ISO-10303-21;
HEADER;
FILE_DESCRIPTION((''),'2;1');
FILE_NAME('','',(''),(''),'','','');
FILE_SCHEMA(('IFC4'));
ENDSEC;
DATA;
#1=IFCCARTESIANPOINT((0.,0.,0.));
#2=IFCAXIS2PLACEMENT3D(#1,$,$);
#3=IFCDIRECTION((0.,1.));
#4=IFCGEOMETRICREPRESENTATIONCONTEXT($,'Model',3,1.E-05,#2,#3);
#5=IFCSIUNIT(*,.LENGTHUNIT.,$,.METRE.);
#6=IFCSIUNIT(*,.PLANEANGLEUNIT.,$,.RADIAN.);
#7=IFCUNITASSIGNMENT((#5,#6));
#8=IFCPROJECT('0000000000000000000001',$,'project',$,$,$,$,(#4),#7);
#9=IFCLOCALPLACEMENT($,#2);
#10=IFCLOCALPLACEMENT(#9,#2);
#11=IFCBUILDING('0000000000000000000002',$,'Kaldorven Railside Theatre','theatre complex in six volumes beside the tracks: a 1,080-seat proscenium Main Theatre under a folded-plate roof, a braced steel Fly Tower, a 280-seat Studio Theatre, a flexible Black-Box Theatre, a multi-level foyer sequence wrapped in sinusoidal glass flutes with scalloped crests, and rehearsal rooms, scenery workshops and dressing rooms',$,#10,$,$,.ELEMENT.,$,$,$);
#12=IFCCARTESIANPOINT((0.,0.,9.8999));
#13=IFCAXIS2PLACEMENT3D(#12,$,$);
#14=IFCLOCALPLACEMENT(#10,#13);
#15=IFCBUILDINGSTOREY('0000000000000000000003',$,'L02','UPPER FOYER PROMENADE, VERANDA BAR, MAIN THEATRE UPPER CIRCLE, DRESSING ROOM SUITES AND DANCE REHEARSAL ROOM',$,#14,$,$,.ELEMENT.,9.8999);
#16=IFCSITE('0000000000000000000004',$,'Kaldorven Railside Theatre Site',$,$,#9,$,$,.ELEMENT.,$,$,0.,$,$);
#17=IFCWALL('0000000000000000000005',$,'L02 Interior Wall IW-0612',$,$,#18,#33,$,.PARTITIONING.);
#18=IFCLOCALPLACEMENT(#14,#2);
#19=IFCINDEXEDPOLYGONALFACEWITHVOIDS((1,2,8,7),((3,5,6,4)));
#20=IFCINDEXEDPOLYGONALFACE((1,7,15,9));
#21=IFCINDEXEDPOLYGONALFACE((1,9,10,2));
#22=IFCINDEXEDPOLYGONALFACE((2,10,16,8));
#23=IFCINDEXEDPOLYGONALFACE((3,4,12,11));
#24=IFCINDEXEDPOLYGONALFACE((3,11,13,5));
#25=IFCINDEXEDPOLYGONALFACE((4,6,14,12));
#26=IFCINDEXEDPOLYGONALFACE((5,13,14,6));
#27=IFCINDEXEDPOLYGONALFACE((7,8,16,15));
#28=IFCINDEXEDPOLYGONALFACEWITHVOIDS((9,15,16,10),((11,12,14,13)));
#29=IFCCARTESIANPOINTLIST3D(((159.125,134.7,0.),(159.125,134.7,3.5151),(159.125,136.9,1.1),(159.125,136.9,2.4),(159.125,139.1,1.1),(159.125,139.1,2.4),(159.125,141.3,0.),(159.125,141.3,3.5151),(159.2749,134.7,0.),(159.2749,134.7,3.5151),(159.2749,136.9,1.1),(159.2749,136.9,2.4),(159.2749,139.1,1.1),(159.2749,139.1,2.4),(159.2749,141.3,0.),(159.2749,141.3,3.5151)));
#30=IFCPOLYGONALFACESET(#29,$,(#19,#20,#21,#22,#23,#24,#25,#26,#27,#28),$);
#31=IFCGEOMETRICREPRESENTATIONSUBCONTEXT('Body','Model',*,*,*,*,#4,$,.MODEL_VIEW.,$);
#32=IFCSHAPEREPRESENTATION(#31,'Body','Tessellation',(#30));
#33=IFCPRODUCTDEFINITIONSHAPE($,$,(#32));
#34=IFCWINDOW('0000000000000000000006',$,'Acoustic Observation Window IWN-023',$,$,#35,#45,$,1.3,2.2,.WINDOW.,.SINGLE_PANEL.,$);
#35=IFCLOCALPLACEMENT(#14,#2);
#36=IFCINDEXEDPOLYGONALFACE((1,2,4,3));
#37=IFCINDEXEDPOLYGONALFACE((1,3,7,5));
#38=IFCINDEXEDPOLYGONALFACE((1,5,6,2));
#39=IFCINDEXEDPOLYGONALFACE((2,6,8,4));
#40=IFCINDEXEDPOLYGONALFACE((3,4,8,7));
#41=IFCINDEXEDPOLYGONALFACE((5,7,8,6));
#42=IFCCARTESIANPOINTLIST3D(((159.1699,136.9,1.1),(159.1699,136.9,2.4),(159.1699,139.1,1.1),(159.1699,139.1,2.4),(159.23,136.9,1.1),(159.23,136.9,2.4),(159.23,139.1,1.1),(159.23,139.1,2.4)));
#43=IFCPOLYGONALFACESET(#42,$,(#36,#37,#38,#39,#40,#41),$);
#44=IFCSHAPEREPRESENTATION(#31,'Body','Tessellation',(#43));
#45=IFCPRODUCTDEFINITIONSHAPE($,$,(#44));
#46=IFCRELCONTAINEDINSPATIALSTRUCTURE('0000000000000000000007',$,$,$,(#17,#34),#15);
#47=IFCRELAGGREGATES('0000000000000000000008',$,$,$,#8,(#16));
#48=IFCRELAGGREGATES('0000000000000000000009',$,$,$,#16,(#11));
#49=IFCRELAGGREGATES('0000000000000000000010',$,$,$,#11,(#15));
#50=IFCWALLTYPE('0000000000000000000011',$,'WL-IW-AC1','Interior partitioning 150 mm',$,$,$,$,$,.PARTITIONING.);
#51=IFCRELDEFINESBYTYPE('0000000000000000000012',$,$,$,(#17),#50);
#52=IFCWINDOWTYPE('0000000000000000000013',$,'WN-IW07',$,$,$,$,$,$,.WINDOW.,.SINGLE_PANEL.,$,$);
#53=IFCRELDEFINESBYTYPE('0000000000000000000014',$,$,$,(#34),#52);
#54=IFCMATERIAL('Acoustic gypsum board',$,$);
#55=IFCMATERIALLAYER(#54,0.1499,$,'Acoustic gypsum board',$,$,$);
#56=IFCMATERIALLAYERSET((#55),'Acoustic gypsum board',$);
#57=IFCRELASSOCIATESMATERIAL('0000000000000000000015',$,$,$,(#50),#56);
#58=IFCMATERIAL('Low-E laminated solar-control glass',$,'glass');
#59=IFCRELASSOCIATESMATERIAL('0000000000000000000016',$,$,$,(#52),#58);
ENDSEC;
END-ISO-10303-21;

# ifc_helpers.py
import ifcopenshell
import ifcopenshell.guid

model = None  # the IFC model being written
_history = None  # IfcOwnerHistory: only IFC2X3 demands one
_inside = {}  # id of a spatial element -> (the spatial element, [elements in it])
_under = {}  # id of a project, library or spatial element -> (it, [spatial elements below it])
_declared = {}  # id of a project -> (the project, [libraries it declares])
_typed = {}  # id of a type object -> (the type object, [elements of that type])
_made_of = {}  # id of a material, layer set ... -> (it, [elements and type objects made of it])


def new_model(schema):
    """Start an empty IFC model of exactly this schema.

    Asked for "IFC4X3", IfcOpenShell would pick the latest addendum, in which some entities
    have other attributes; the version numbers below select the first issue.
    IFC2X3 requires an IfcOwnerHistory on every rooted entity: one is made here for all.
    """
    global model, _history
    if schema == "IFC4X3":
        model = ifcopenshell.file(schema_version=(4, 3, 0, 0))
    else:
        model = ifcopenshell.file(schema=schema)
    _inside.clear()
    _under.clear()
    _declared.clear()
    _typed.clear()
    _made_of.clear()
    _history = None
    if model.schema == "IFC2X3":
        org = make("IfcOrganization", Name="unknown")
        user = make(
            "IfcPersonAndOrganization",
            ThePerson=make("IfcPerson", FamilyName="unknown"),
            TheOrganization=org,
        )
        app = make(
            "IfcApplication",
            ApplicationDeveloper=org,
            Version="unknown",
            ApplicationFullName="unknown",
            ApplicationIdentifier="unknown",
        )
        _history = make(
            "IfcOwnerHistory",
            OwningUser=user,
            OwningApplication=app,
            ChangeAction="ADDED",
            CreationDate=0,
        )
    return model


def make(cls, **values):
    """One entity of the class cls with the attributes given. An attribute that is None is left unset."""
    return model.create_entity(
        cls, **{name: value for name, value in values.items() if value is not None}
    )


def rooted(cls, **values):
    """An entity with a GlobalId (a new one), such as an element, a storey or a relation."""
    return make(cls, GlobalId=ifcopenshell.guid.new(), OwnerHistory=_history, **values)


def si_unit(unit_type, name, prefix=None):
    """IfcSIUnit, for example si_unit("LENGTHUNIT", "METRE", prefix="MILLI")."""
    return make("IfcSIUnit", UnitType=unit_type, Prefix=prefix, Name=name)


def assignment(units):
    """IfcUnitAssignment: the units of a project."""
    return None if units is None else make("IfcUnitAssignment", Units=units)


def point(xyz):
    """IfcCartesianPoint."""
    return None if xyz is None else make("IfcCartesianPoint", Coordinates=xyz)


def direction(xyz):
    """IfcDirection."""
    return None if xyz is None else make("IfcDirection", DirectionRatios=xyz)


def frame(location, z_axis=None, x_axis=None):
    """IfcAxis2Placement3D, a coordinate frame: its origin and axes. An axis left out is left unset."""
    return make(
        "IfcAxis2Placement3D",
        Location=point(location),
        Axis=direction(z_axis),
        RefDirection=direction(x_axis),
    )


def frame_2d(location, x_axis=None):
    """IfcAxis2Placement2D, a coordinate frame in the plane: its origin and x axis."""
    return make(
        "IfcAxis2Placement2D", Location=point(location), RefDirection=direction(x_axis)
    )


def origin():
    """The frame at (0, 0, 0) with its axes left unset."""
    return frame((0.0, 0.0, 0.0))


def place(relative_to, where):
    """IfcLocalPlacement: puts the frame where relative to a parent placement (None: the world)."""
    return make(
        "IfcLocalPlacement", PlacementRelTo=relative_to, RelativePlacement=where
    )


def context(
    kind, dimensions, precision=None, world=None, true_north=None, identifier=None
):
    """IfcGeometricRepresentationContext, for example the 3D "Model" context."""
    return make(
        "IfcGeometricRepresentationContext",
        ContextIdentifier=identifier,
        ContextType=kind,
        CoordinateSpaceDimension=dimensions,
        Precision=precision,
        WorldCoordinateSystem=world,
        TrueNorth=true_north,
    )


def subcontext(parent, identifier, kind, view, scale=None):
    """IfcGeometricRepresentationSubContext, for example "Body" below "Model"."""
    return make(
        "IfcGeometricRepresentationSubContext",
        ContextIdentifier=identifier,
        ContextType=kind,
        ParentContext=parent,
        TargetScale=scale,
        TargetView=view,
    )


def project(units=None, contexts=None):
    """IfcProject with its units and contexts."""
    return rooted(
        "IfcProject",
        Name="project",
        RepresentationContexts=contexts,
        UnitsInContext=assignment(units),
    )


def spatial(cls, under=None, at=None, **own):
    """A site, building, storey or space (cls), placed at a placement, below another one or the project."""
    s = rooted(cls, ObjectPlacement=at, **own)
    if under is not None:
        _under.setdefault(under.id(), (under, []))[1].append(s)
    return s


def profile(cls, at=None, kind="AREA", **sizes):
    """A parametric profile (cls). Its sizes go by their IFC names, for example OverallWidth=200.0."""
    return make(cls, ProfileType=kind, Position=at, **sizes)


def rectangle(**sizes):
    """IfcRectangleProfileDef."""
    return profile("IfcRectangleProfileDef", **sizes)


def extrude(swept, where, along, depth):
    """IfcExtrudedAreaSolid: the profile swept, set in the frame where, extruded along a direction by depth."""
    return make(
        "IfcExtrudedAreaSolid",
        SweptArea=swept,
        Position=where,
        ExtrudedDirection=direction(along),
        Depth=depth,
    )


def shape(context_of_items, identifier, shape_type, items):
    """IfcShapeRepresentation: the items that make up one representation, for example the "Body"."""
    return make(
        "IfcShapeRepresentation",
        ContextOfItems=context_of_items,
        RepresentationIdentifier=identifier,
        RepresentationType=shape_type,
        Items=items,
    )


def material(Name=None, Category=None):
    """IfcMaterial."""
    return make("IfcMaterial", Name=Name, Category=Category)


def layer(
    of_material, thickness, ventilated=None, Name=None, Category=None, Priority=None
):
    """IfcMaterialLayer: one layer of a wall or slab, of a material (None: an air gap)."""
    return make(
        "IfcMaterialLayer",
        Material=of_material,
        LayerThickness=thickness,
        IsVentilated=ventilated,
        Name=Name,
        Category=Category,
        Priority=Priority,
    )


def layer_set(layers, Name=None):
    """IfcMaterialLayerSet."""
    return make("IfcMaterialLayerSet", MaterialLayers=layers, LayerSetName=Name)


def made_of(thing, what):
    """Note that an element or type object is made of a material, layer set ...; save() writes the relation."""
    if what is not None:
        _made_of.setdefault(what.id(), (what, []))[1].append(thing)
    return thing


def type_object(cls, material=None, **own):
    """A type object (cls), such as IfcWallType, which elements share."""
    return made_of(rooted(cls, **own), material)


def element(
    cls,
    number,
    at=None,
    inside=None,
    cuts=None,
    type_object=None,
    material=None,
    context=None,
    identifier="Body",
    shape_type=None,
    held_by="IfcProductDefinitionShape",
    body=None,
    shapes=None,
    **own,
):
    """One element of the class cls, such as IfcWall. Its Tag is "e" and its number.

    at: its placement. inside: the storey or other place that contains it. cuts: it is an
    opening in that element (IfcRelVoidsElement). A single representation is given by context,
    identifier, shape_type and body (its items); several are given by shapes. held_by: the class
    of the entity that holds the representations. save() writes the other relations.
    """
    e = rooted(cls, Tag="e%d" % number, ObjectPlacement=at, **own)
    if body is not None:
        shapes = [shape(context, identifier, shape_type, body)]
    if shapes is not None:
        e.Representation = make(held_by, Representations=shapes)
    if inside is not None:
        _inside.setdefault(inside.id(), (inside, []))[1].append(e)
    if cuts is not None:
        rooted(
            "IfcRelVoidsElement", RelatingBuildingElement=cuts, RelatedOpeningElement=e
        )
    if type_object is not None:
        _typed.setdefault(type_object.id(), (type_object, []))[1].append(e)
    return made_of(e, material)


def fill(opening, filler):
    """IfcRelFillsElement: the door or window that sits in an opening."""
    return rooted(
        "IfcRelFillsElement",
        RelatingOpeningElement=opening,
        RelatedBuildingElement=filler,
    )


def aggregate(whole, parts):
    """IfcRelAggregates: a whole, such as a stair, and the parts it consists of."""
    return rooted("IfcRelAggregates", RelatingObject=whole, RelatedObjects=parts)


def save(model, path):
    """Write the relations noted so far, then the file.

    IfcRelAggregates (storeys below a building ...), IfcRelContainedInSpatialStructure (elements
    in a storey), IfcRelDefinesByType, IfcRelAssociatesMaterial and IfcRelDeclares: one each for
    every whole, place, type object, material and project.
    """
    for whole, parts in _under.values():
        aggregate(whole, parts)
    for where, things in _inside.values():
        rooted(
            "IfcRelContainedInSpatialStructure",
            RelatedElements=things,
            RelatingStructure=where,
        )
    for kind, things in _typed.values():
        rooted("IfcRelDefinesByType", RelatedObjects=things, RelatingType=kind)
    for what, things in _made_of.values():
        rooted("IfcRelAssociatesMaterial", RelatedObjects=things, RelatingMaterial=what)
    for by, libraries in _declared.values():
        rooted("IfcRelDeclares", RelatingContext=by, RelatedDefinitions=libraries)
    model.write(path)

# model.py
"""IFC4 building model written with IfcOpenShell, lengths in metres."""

from ifc_helpers import new_model, si_unit, direction, frame, frame_2d, origin, place, context, subcontext, project, spatial, rectangle, extrude, material, layer, layer_set, type_object, element, fill, save


model = new_model("IFC4")

# Units and contexts
model_context = context("Model", 3, precision=1e-05, world=origin(), true_north=direction((0.0, 1.0)))
body_context = subcontext(model_context, "Body", "Model", "MODEL_VIEW")
ifc_project = project(units=[si_unit("LENGTHUNIT", "METRE"), si_unit("PLANEANGLEUNIT", "RADIAN")], contexts=[model_context])

# Site, building, storey
site_placement = place(None, origin())
site = spatial("IfcSite", under=ifc_project, at=site_placement, Name="Kaldorven Railside Theatre Site", CompositionType="ELEMENT", RefElevation=0.0)
building_placement = place(site_placement, origin())
building = spatial("IfcBuilding", under=site, at=building_placement, Name="Kaldorven Railside Theatre", Description="theatre complex in six volumes beside the tracks: a 1,080-seat proscenium Main Theatre under a folded-plate roof, a braced steel Fly Tower, a 280-seat Studio Theatre, a flexible Black-Box Theatre, a multi-level foyer sequence wrapped in sinusoidal glass flutes with scalloped crests, and rehearsal rooms, scenery workshops and dressing rooms", CompositionType="ELEMENT")
storey_placement = place(building_placement, frame((0.0, 0.0, 9.8999)))
storey = spatial("IfcBuildingStorey", under=building, at=storey_placement, Name="L02", Description="UPPER FOYER PROMENADE, VERANDA BAR, MAIN THEATRE UPPER CIRCLE, DRESSING ROOM SUITES AND DANCE REHEARSAL ROOM", CompositionType="ELEMENT", Elevation=9.8999)

# Shared definitions
ifc_material_1 = material(Name="Low-E laminated solar-control glass", Category="glass")

# Wall, opening, window
ifc_material_2 = material(Name="Acoustic gypsum board")
ifc_layer_1 = layer(ifc_material_2, 0.1499, Name="Acoustic gypsum board")
ifc_layer_set_1 = layer_set([ifc_layer_1], Name="Acoustic gypsum board")
wall_type_1 = type_object("IfcWallType", Name="WL-IW-AC1", Description="Interior partitioning 150 mm", PredefinedType="PARTITIONING", material=ifc_layer_set_1)
wall_1_placement = place(storey_placement, frame((159.2, 134.7, 0.0), z_axis=(0.0, 0.0, 1.0), x_axis=(0.0, 1.0, 0.0)))
wall_1 = element("IfcWall", 1, at=wall_1_placement, inside=storey, type_object=wall_type_1, Name="L02 Interior Wall IW-0612", PredefinedType="PARTITIONING", context=body_context, shape_type="SweptSolid", body=[
    extrude(rectangle(XDim=6.6001, YDim=0.1499, at=frame_2d((3.3, 0.0))), origin(), (0.0, 0.0, 1.0), 3.5151),
])
opening_1_placement = place(wall_1_placement, frame((2.2, 0.0, 1.1001)))
opening_1 = element("IfcOpeningElement", 2, at=opening_1_placement, cuts=wall_1, PredefinedType="OPENING", context=body_context, shape_type="SweptSolid", body=[
    extrude(rectangle(XDim=2.2, YDim=1.3, at=frame_2d((1.1001, 0.6499))), frame((0.0, 0.085, 0.0), z_axis=(0.0, -1.0, 0.0), x_axis=(1.0, 0.0, 0.0)), (0.0, 0.0, 1.0), 0.1699),
])
window_type_1 = type_object("IfcWindowType", Name="WN-IW07", PartitioningType="SINGLE_PANEL", PredefinedType="WINDOW", material=ifc_material_1)
window_1_placement = place(opening_1_placement, origin())
window_1 = element("IfcWindow", 3, at=window_1_placement, inside=storey, type_object=window_type_1, Name="Acoustic Observation Window IWN-023", OverallHeight=1.3, OverallWidth=2.2, PartitioningType="SINGLE_PANEL", PredefinedType="WINDOW", context=body_context, shape_type="SweptSolid", body=[
    extrude(rectangle(XDim=2.2, YDim=1.3, at=frame_2d((1.1001, 0.6499))), frame((0.0, 0.03, 0.0), z_axis=(0.0, -1.0, 0.0), x_axis=(1.0, 0.0, 0.0)), (0.0, 0.0, 1.0), 0.0601),
])
fill(opening_1, window_1)

save(model, "model.ifc")
